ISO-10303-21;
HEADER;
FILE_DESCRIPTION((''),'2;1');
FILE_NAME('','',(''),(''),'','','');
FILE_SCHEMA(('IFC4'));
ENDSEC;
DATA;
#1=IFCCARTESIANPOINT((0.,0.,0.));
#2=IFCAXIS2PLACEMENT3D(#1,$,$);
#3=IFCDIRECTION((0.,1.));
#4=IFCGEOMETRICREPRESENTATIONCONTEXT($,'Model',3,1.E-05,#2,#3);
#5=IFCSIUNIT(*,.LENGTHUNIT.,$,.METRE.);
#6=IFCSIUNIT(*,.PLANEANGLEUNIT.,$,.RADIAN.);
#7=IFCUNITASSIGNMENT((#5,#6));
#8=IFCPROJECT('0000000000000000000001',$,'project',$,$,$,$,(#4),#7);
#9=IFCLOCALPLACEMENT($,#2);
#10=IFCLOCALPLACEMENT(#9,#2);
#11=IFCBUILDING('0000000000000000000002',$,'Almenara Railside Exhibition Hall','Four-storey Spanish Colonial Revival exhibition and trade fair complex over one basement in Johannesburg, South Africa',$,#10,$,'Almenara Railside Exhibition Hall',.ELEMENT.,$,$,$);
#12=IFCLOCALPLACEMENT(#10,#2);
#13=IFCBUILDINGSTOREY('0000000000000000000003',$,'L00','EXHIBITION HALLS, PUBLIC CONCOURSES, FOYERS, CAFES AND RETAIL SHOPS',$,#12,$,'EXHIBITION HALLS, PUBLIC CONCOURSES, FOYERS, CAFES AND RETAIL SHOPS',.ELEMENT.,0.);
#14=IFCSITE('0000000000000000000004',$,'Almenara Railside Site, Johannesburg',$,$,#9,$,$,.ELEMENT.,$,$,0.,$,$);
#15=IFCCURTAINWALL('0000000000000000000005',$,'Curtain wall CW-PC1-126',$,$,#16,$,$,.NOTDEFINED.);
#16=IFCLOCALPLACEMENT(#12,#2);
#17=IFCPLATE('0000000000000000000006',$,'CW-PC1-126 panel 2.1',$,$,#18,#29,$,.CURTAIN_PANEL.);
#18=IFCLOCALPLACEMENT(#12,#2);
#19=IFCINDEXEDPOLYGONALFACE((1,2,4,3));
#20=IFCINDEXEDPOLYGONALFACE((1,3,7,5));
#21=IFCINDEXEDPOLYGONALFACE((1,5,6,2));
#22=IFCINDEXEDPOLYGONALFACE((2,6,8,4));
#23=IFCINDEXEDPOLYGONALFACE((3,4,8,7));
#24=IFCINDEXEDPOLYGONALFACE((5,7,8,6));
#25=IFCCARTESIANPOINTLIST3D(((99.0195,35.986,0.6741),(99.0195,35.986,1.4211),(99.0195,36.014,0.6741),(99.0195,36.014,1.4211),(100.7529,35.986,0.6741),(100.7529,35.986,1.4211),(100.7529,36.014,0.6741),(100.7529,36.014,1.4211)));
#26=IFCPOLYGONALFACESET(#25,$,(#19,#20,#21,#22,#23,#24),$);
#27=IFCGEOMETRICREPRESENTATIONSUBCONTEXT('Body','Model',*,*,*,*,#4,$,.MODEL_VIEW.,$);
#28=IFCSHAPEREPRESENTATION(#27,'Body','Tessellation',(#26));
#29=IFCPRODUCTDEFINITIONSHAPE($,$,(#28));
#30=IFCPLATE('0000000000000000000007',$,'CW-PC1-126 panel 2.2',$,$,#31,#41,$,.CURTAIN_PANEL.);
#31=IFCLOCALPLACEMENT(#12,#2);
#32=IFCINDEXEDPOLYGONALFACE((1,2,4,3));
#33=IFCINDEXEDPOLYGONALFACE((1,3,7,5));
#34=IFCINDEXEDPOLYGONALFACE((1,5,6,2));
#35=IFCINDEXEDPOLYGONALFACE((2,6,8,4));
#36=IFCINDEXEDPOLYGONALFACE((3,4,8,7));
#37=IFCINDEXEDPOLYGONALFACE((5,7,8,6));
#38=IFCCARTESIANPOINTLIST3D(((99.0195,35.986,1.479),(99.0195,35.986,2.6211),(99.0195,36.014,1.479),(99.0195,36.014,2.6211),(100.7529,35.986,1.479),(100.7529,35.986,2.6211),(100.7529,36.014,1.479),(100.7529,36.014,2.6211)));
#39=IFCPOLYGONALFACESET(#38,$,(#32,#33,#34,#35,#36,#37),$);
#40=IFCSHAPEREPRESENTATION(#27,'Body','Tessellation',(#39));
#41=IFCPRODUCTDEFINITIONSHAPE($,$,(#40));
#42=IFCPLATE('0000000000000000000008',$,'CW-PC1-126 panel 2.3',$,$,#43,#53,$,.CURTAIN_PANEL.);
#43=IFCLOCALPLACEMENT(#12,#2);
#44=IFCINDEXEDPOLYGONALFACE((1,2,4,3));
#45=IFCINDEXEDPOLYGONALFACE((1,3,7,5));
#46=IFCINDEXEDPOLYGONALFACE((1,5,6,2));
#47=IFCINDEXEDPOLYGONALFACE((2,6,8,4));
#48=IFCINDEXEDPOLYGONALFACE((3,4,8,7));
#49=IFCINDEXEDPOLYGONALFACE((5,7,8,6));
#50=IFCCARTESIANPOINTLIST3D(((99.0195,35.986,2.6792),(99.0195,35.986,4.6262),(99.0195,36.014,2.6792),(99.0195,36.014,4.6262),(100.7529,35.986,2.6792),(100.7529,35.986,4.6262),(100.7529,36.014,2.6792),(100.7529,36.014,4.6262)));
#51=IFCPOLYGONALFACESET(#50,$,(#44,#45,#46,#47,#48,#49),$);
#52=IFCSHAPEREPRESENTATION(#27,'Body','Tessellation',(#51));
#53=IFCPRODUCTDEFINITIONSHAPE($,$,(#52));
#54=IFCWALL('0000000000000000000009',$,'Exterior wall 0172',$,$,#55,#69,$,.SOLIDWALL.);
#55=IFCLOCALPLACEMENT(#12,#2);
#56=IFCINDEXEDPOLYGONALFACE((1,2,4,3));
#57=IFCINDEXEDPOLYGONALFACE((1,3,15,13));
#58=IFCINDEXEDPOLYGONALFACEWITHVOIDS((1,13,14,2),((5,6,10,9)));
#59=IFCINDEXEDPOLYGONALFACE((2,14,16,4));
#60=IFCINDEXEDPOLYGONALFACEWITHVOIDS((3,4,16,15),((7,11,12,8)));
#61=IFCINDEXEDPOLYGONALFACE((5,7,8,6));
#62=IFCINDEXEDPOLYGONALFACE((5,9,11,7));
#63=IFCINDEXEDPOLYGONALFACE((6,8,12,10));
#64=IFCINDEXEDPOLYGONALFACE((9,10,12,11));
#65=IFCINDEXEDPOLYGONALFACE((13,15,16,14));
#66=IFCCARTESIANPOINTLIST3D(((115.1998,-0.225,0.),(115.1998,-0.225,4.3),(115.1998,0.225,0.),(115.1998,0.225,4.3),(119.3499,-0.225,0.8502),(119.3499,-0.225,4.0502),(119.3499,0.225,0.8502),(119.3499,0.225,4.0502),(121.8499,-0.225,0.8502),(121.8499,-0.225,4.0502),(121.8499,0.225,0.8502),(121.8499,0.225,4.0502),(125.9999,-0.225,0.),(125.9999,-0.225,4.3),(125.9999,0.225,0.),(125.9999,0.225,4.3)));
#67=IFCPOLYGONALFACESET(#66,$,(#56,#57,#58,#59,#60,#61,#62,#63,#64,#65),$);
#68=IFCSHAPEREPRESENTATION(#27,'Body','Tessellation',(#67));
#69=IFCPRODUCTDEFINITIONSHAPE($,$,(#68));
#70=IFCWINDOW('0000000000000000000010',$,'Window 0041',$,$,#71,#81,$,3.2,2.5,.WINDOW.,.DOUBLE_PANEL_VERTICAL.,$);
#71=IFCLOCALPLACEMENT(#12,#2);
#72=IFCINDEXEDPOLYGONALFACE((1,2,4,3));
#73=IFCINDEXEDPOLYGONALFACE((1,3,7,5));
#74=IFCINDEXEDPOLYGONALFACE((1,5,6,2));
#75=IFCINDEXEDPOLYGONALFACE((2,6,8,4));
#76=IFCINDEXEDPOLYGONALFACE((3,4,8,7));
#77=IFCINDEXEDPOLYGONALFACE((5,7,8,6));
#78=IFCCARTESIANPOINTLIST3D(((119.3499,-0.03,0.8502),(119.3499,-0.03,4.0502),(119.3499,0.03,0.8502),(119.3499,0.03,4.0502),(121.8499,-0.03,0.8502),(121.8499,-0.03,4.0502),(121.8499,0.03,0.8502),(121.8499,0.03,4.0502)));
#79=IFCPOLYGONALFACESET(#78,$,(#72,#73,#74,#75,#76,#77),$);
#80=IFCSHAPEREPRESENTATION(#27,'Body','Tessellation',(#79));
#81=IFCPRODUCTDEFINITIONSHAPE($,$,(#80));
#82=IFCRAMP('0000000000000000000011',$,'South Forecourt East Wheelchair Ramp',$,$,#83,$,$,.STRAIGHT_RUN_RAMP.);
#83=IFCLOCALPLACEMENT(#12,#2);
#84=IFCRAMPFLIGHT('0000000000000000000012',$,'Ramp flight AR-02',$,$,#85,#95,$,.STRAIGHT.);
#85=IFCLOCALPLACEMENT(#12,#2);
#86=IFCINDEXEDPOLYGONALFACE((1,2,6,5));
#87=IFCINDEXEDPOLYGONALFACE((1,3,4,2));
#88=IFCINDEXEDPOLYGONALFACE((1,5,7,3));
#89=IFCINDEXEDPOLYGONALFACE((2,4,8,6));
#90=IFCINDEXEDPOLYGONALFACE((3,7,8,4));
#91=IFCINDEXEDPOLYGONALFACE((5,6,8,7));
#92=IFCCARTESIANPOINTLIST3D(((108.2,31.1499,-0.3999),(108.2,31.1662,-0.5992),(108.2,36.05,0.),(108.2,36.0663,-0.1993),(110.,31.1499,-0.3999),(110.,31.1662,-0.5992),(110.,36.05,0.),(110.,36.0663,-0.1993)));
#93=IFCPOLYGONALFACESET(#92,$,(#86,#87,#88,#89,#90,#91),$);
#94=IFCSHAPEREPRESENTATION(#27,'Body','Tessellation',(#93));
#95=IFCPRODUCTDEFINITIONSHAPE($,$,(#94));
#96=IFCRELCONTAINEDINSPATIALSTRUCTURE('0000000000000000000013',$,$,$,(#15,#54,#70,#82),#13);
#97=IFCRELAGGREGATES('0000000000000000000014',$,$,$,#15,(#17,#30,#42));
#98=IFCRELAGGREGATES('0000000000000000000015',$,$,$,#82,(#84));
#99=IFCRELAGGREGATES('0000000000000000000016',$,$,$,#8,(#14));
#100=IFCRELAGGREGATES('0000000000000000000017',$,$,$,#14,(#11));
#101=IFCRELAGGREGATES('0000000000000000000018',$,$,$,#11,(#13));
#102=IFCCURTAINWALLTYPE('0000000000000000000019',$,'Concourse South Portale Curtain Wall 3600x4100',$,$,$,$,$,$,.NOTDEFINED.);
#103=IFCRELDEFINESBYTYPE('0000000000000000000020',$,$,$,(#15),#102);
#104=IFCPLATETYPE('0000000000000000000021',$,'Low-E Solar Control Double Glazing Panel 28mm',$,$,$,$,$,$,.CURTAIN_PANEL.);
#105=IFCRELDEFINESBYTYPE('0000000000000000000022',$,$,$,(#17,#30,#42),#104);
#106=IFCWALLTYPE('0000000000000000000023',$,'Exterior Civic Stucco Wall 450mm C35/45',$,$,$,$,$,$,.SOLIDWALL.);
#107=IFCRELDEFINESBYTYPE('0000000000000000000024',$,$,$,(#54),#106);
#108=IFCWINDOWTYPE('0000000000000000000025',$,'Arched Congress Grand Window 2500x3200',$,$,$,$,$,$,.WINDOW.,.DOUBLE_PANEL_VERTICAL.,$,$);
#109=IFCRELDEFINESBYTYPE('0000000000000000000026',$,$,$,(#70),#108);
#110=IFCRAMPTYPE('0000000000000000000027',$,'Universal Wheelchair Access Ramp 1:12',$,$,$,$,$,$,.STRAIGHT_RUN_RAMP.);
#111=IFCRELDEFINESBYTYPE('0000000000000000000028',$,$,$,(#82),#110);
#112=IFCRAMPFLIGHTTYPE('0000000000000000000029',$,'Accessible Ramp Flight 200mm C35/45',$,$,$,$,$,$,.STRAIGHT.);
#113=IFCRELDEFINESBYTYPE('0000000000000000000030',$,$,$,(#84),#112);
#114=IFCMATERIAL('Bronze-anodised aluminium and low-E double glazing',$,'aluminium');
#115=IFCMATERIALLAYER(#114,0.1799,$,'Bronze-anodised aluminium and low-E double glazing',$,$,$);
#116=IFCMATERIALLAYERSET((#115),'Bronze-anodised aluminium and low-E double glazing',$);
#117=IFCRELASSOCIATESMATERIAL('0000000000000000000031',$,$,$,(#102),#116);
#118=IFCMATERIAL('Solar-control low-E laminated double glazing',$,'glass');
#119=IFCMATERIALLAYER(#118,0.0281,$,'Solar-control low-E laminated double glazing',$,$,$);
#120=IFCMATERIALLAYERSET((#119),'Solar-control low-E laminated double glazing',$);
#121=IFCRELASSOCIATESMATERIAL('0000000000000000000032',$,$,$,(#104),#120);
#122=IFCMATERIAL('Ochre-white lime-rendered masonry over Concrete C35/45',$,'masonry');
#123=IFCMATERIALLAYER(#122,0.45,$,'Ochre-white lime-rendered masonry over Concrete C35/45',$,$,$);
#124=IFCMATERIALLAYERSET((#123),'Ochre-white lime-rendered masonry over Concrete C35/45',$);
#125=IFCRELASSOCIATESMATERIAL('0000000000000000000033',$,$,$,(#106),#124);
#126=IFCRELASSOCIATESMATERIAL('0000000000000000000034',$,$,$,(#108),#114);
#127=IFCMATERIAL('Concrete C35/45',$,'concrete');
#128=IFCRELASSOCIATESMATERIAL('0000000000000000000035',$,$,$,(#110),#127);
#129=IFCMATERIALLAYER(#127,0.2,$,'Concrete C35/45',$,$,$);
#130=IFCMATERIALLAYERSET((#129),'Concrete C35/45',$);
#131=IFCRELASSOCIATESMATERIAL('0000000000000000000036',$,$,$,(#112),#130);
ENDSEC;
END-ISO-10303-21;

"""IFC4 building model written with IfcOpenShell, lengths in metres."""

from ifc_helpers import new_model, si_unit, direction, frame, frame_2d, origin, origin_2d, place, context, subcontext, project, spatial, polyline, rectangle, outline, extrude, material, layer, layer_set, type_object, element, fill, aggregate, save


model = new_model("IFC4")

# Units and contexts
model_context = context("Model", 3, precision=1e-05, world=origin(), true_north=direction((0.0, 1.0)))
body_context = subcontext(model_context, "Body", "Model", "MODEL_VIEW")
ifc_project = project(units=[si_unit("LENGTHUNIT", "METRE"), si_unit("PLANEANGLEUNIT", "RADIAN")], contexts=[model_context])

# Site, building, storey
site_placement = place(None, origin())
site = spatial("IfcSite", under=ifc_project, at=site_placement, Name="Almenara Railside Site, Johannesburg", CompositionType="ELEMENT", RefElevation=0.0)
building_placement = place(site_placement, origin())
building = spatial("IfcBuilding", under=site, at=building_placement, Name="Almenara Railside Exhibition Hall", Description="Four-storey Spanish Colonial Revival exhibition and trade fair complex over one basement in Johannesburg, South Africa", LongName="Almenara Railside Exhibition Hall", CompositionType="ELEMENT")
storey_placement = place(building_placement, origin())
storey = spatial("IfcBuildingStorey", under=building, at=storey_placement, Name="L00", Description="EXHIBITION HALLS, PUBLIC CONCOURSES, FOYERS, CAFES AND RETAIL SHOPS", LongName="EXHIBITION HALLS, PUBLIC CONCOURSES, FOYERS, CAFES AND RETAIL SHOPS", CompositionType="ELEMENT", Elevation=0.0)

# Shared definitions
ifc_material_1 = material(Name="Concrete C35/45", Category="concrete")

# Curtain wall
ifc_material_2 = material(Name="Bronze-anodised aluminium and low-E double glazing", Category="aluminium")
ifc_layer_1 = layer(ifc_material_2, 0.1799, Name="Bronze-anodised aluminium and low-E double glazing")
ifc_layer_set_1 = layer_set([ifc_layer_1], Name="Bronze-anodised aluminium and low-E double glazing")
curtain_wall_type = type_object("IfcCurtainWallType", Name="Concourse South Portale Curtain Wall 3600x4100", PredefinedType="NOTDEFINED", material=ifc_layer_set_1)
curtain_wall_placement = place(storey_placement, origin())
curtain_wall = element("IfcCurtainWall", 1, at=curtain_wall_placement, inside=storey, type_object=curtain_wall_type, Name="Curtain wall CW-PC1-126", PredefinedType="NOTDEFINED")

# Plates
ifc_material_3 = material(Name="Solar-control low-E laminated double glazing", Category="glass")
ifc_layer_2 = layer(ifc_material_3, 0.0281, Name="Solar-control low-E laminated double glazing")
ifc_layer_set_2 = layer_set([ifc_layer_2], Name="Solar-control low-E laminated double glazing")
plate_type = type_object("IfcPlateType", Name="Low-E Solar Control Double Glazing Panel 28mm", PredefinedType="CURTAIN_PANEL", material=ifc_layer_set_2)
plate_1_placement = place(storey_placement, frame((99.8862, 36.0, 0.6741), z_axis=(0.0, 0.0, 1.0), x_axis=(1.0, 0.0, 0.0)))
plate_1 = element("IfcPlate", 2, at=plate_1_placement, type_object=plate_type, Name="CW-PC1-126 panel 2.1", PredefinedType="CURTAIN_PANEL", context=body_context, shape_type="SweptSolid", body=[
    extrude(rectangle(XDim=1.7334, YDim=0.0281, at=origin_2d()), origin(), (0.0, 0.0, 1.0), 0.7471),
])
plate_2_placement = place(storey_placement, frame((99.8862, 36.0, 1.479), z_axis=(0.0, 0.0, 1.0), x_axis=(1.0, 0.0, 0.0)))
plate_2 = element("IfcPlate", 3, at=plate_2_placement, type_object=plate_type, Name="CW-PC1-126 panel 2.2", PredefinedType="CURTAIN_PANEL", context=body_context, shape_type="SweptSolid", body=[
    extrude(rectangle(XDim=1.7334, YDim=0.0281, at=origin_2d()), origin(), (0.0, 0.0, 1.0), 1.1421),
])
plate_3_placement = place(storey_placement, frame((99.8862, 36.0, 2.6792), z_axis=(0.0, 0.0, 1.0), x_axis=(1.0, 0.0, 0.0)))
plate_3 = element("IfcPlate", 4, at=plate_3_placement, type_object=plate_type, Name="CW-PC1-126 panel 2.3", PredefinedType="CURTAIN_PANEL", context=body_context, shape_type="SweptSolid", body=[
    extrude(rectangle(XDim=1.7334, YDim=0.0281, at=origin_2d()), origin(), (0.0, 0.0, 1.0), 1.947),
])
aggregate(curtain_wall, [plate_1, plate_2, plate_3])

# Wall, opening, window
ifc_material_4 = material(Name="Ochre-white lime-rendered masonry over Concrete C35/45", Category="masonry")
ifc_layer_3 = layer(ifc_material_4, 0.45, Name="Ochre-white lime-rendered masonry over Concrete C35/45")
ifc_layer_set_3 = layer_set([ifc_layer_3], Name="Ochre-white lime-rendered masonry over Concrete C35/45")
wall_type = type_object("IfcWallType", Name="Exterior Civic Stucco Wall 450mm C35/45", PredefinedType="SOLIDWALL", material=ifc_layer_set_3)
wall_placement = place(storey_placement, frame((115.2, 0.0, 0.0), z_axis=(0.0, 0.0, 1.0), x_axis=(1.0, 0.0, 0.0)))
wall = element("IfcWall", 5, at=wall_placement, inside=storey, type_object=wall_type, Name="Exterior wall 0172", PredefinedType="SOLIDWALL", context=body_context, shape_type="SweptSolid", body=[
    extrude(rectangle(XDim=10.8, YDim=0.45, at=frame_2d((5.3999, 0.0))), origin(), (0.0, 0.0, 1.0), 4.3),
])
opening_placement = place(wall_placement, frame((4.1499, 0.0, 0.8501)))
opening = element("IfcOpeningElement", 6, at=opening_placement, cuts=wall, PredefinedType="OPENING", context=body_context, shape_type="SweptSolid", body=[
    extrude(rectangle(XDim=2.5, YDim=3.2, at=frame_2d((1.25, 1.6001))), frame((0.0, 0.2349, 0.0), z_axis=(0.0, -1.0, 0.0), x_axis=(1.0, 0.0, 0.0)), (0.0, 0.0, 1.0), 0.47),
])
window_type = type_object("IfcWindowType", Name="Arched Congress Grand Window 2500x3200", PartitioningType="DOUBLE_PANEL_VERTICAL", PredefinedType="WINDOW", material=ifc_material_2)
window_placement = place(opening_placement, origin())
window = element("IfcWindow", 7, at=window_placement, inside=storey, type_object=window_type, Name="Window 0041", OverallHeight=3.2, OverallWidth=2.5, PartitioningType="DOUBLE_PANEL_VERTICAL", PredefinedType="WINDOW", context=body_context, shape_type="SweptSolid", body=[
    extrude(rectangle(XDim=2.5, YDim=3.2, at=frame_2d((1.25, 1.6001))), frame((0.0, 0.03, 0.0), z_axis=(0.0, -1.0, 0.0), x_axis=(1.0, 0.0, 0.0)), (0.0, 0.0, 1.0), 0.0601),
])
fill(opening, window)

# Ramp, ramp flight
ramp_type = type_object("IfcRampType", Name="Universal Wheelchair Access Ramp 1:12", PredefinedType="STRAIGHT_RUN_RAMP", material=ifc_material_1)
ramp_placement = place(storey_placement, origin())
ramp = element("IfcRamp", 8, at=ramp_placement, inside=storey, type_object=ramp_type, Name="South Forecourt East Wheelchair Ramp", PredefinedType="STRAIGHT_RUN_RAMP")
ifc_layer_4 = layer(ifc_material_1, 0.2, Name="Concrete C35/45")
ifc_layer_set_4 = layer_set([ifc_layer_4], Name="Concrete C35/45")
ramp_flight_type = type_object("IfcRampFlightType", Name="Accessible Ramp Flight 200mm C35/45", PredefinedType="STRAIGHT", material=ifc_layer_set_4)
ramp_flight_placement = place(storey_placement, frame((108.2, 31.1499, -0.3999), z_axis=(0.0, -0.08134, 0.996686), x_axis=(1.0, 0.0, 0.0)))
ramp_flight = element("IfcRampFlight", 9, at=ramp_flight_placement, type_object=ramp_flight_type, Name="Ramp flight AR-02", PredefinedType="STRAIGHT", context=body_context, shape_type="SweptSolid", body=[
    extrude(outline(polyline([(0.0, 0.0), (1.8, 0.0), (1.8, 4.9164), (0.0, 4.9164), (0.0, 0.0)])), origin(), (0.0, 0.0, -1.0), 0.2),
])
aggregate(ramp, [ramp_flight])

save(model, "model.ifc")
